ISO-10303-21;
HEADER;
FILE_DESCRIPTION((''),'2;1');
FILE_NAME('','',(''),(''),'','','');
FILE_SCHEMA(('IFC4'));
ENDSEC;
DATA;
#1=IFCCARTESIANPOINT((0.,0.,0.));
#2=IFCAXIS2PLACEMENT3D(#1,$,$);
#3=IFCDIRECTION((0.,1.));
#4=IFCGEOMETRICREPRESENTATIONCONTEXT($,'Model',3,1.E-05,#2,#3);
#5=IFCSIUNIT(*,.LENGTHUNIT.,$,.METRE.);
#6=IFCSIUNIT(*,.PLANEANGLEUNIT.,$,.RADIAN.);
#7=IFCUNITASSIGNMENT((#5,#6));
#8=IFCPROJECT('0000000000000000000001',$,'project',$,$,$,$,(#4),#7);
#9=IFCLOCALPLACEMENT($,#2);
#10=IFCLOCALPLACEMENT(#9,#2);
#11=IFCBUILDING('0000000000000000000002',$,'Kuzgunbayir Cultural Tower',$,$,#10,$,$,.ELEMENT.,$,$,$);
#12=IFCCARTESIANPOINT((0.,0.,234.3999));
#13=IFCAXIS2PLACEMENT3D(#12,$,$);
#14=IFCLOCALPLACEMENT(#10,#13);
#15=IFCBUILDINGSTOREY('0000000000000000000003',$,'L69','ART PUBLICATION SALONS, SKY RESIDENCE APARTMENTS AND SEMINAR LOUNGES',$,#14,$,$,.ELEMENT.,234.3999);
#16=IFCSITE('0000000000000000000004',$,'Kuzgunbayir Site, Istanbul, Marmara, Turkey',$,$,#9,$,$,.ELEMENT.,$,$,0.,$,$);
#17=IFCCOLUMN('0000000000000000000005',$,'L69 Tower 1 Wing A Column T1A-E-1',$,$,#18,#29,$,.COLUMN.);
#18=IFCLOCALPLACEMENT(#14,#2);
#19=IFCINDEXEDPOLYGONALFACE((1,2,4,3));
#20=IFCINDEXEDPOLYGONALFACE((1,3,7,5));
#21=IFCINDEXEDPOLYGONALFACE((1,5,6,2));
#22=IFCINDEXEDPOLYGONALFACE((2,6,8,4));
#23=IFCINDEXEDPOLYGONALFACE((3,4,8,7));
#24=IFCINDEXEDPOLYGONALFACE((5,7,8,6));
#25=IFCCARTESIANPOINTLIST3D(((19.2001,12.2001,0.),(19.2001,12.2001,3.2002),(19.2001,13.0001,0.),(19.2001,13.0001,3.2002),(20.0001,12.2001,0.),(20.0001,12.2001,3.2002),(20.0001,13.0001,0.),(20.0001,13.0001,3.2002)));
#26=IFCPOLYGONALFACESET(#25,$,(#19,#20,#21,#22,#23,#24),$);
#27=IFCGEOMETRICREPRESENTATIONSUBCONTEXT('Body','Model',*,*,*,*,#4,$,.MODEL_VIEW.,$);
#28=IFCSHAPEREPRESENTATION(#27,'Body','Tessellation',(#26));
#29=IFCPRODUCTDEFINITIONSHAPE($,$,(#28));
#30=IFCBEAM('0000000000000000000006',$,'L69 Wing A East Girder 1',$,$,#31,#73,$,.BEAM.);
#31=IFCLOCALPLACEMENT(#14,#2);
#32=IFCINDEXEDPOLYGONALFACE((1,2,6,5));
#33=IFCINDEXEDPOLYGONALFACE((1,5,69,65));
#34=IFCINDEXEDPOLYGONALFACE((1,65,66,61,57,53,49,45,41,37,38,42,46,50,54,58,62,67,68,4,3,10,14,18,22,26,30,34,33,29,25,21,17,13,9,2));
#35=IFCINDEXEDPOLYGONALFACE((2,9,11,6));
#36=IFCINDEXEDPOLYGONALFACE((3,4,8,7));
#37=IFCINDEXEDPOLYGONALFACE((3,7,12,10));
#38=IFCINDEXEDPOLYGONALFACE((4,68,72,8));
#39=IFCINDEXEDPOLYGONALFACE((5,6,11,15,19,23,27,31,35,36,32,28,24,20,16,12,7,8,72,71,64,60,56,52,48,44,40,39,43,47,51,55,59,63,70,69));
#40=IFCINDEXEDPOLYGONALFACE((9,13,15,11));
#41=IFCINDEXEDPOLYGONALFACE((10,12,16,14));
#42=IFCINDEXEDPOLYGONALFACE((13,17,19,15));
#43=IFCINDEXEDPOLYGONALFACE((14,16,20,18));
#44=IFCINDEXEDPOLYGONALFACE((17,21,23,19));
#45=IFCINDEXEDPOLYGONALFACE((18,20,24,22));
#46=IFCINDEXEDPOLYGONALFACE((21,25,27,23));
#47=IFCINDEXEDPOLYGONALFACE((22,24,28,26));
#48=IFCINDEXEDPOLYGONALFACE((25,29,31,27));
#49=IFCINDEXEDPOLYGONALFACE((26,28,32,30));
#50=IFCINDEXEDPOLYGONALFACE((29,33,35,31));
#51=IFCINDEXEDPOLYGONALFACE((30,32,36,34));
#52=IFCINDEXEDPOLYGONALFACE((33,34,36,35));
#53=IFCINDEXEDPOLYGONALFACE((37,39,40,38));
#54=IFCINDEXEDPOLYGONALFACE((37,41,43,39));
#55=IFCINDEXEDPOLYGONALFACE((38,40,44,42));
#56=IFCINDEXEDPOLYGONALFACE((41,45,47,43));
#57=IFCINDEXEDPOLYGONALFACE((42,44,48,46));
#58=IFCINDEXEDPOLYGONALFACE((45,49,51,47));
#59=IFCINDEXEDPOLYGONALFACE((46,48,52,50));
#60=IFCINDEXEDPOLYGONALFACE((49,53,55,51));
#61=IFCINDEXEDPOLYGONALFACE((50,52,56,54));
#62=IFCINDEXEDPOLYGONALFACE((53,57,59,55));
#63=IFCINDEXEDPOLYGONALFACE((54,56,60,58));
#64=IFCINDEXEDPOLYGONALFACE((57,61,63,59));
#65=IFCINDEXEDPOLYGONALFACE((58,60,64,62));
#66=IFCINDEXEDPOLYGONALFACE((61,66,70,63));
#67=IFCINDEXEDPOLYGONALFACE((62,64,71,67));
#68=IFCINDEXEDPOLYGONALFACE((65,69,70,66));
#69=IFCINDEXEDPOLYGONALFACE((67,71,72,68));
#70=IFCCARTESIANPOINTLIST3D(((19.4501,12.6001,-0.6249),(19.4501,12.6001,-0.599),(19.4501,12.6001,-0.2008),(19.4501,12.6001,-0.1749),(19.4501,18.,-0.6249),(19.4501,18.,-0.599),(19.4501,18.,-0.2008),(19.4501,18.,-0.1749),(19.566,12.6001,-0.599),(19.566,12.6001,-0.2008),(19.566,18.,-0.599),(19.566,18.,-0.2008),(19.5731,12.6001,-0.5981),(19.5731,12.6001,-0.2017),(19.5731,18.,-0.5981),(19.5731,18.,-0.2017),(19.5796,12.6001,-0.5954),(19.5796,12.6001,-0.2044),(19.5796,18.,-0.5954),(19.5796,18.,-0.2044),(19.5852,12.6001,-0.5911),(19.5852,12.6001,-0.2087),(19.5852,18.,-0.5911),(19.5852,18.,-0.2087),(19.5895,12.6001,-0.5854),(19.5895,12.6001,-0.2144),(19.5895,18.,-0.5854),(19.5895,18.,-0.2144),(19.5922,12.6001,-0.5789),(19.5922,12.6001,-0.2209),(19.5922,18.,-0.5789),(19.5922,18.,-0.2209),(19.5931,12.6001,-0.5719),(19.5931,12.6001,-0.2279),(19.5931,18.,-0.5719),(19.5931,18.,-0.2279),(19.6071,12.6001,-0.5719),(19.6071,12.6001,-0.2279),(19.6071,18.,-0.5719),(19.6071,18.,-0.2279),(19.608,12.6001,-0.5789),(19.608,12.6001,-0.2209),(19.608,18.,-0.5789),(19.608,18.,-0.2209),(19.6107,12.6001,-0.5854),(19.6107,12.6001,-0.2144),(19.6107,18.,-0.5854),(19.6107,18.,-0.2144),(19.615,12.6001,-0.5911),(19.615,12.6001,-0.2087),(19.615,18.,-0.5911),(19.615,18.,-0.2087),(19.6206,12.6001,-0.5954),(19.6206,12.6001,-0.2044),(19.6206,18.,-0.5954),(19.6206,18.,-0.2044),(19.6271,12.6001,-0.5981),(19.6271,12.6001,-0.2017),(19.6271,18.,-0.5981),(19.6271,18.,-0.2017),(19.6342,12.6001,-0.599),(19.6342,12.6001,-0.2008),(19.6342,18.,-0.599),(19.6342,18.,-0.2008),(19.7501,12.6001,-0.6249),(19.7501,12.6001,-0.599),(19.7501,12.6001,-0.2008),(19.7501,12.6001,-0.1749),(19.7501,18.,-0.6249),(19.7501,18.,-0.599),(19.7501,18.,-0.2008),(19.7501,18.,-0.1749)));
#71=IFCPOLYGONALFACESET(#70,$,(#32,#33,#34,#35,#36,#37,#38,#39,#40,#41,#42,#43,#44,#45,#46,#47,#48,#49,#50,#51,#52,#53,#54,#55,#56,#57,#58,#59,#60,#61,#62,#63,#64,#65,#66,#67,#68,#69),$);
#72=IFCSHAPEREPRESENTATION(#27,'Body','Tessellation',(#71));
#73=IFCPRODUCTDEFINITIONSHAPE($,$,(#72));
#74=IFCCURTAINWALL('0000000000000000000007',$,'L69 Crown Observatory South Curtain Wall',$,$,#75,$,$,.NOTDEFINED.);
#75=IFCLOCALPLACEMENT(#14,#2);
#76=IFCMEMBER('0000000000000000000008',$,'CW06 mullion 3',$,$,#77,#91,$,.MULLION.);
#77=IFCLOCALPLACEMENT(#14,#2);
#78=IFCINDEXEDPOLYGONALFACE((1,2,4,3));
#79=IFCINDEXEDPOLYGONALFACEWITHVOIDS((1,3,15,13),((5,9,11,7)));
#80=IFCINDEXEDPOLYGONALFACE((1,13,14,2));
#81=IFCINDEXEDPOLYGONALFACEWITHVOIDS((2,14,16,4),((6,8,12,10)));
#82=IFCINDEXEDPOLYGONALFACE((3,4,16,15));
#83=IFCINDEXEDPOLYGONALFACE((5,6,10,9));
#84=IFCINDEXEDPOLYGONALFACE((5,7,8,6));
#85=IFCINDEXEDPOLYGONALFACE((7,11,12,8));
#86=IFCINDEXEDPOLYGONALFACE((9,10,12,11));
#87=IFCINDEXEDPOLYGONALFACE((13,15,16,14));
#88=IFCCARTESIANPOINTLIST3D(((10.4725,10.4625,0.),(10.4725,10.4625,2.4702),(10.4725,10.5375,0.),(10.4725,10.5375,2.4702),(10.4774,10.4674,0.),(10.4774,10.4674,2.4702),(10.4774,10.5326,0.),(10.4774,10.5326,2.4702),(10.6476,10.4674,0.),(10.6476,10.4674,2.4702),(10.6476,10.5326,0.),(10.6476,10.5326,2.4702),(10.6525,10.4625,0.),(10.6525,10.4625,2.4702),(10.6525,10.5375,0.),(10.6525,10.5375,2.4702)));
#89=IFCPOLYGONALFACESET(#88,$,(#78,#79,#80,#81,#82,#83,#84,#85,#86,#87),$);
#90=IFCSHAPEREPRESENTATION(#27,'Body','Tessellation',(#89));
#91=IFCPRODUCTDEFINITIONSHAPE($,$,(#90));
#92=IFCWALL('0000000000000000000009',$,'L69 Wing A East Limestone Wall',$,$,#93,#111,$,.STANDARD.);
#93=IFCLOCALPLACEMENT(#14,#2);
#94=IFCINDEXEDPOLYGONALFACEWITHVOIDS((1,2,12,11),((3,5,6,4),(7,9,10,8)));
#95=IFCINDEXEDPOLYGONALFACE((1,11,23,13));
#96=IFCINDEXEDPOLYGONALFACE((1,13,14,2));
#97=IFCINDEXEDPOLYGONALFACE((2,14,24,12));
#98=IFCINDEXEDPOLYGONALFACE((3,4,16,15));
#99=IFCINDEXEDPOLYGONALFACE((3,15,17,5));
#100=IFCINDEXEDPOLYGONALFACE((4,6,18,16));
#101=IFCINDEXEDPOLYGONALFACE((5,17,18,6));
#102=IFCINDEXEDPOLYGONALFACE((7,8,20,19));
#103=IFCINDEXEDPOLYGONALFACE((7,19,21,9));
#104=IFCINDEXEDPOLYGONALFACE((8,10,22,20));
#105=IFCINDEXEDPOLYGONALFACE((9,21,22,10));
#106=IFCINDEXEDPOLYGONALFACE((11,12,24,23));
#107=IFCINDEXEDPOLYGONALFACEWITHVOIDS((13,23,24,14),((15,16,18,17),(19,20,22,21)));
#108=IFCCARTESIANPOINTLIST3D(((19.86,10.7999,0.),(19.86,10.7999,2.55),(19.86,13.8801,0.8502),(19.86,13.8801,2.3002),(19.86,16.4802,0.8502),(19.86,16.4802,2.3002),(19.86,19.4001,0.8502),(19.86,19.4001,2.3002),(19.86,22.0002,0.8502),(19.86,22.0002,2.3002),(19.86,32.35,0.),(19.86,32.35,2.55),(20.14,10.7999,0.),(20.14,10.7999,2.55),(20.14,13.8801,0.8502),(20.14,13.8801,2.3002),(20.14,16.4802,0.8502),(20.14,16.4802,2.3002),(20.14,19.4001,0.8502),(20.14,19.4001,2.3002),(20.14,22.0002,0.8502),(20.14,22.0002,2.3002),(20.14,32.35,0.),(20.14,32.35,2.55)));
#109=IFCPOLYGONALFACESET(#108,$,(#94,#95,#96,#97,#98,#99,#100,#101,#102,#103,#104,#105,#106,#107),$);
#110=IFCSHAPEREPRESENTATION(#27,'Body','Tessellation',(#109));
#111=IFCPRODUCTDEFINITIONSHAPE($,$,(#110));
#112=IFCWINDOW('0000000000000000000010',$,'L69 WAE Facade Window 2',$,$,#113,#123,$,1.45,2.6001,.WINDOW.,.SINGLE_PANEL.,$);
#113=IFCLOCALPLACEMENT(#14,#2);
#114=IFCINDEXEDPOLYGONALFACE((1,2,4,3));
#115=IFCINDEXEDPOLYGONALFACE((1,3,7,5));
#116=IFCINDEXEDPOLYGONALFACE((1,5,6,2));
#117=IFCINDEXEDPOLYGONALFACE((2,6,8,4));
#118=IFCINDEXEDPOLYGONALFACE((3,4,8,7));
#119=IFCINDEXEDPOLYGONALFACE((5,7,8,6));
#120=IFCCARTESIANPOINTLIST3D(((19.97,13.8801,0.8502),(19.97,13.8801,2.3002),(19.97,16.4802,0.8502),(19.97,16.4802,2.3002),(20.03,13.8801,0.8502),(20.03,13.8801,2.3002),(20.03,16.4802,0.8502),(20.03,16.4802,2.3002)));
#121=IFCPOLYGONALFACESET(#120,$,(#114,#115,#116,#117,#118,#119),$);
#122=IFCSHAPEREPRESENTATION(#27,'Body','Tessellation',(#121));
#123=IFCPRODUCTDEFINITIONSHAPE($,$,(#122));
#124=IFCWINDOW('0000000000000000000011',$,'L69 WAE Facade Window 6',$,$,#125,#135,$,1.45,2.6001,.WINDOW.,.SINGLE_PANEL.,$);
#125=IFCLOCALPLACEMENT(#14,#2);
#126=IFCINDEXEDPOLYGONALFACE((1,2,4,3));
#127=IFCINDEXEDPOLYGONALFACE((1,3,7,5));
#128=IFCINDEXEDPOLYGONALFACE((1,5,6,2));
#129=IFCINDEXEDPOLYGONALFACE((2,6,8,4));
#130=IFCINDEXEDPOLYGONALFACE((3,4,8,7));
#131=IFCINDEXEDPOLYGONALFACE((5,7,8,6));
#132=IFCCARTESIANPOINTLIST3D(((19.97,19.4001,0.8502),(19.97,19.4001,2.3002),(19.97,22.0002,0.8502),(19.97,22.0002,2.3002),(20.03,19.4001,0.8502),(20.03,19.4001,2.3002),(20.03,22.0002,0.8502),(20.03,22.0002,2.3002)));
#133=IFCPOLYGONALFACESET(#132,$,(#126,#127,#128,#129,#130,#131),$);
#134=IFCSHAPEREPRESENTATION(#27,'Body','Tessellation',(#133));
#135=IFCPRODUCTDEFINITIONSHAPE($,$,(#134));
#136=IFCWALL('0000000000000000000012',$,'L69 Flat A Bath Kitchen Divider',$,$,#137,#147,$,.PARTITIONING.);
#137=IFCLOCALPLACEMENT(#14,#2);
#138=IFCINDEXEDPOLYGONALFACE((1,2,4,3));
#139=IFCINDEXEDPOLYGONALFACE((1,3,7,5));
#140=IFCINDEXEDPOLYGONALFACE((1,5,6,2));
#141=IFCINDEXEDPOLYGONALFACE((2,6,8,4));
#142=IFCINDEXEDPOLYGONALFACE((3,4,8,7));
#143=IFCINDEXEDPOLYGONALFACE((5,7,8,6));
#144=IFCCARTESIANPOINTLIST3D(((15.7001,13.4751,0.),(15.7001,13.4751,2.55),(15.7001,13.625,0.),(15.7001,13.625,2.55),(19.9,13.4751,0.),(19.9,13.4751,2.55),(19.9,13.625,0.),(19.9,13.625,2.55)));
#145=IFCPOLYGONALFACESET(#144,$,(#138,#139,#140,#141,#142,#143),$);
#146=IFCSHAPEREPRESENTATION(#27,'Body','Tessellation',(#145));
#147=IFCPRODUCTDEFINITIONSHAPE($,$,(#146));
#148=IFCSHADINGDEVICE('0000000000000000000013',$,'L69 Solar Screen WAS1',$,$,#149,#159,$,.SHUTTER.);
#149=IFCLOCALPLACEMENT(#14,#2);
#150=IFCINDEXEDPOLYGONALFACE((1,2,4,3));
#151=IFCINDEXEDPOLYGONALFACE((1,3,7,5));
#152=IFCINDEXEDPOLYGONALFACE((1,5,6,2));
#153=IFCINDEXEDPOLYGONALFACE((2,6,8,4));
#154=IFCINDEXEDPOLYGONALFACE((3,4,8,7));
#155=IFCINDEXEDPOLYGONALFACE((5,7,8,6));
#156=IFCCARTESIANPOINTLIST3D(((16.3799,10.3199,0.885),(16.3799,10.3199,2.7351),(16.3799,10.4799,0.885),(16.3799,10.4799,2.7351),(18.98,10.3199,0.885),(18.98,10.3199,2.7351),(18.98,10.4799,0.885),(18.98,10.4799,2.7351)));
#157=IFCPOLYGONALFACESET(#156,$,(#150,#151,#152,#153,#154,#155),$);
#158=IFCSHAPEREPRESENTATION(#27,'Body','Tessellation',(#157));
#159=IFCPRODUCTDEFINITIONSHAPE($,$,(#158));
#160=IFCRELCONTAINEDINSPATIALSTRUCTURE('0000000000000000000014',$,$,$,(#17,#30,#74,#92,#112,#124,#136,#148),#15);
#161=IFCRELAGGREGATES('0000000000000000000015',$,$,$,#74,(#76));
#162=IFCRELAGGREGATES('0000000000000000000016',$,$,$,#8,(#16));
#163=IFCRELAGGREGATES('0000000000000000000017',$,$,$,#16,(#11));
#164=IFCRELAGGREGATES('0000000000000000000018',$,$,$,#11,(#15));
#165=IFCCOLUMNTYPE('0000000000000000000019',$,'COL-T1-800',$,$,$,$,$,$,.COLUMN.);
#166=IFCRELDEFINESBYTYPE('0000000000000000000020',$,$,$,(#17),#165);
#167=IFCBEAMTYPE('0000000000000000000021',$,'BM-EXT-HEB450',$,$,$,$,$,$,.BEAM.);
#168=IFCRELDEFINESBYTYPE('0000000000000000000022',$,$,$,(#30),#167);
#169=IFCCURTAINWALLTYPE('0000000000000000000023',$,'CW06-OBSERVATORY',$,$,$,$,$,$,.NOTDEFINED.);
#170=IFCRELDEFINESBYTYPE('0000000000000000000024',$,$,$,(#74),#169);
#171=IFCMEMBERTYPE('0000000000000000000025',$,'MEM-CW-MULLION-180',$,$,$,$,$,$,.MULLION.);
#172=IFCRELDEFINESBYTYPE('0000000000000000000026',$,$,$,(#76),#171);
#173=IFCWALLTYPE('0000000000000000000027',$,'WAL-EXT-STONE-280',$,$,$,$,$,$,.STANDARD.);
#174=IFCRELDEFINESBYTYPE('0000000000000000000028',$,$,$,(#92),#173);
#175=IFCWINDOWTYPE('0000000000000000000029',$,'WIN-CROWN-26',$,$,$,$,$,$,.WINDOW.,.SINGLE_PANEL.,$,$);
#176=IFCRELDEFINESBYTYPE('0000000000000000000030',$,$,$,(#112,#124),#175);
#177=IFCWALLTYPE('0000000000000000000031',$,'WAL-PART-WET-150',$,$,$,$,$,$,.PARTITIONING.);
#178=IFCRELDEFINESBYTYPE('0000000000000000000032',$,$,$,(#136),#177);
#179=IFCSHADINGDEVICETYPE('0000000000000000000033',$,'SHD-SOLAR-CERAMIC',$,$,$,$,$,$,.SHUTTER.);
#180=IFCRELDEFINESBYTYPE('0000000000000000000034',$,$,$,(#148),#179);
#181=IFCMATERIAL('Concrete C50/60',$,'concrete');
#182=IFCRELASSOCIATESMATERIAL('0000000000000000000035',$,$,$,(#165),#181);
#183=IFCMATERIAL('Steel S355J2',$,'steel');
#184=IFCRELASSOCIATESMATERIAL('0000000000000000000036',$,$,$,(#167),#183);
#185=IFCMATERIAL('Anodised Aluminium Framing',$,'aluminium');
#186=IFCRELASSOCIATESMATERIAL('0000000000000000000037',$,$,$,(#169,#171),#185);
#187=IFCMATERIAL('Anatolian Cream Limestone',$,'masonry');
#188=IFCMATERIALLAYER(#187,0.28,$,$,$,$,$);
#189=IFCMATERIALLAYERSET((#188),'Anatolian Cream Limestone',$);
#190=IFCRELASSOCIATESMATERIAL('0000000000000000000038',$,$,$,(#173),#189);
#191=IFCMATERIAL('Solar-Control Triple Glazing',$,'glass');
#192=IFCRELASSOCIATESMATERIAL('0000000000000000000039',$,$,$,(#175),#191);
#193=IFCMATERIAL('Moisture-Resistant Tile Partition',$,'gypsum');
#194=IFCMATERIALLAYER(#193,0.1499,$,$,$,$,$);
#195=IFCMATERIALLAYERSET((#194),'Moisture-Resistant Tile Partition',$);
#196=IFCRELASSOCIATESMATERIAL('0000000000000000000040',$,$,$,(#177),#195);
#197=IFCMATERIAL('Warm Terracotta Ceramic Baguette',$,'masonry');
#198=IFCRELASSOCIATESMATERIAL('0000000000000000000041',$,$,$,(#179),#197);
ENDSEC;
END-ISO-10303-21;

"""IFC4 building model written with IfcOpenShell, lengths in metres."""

from ifc_helpers import new_model, si_unit, direction, frame, frame_2d, origin, origin_2d, place, context, subcontext, project, spatial, rectangle, hollow_rectangle, i_section, extrude, material, layer, layer_set, material_profile, profile_set, type_object, element, fill, aggregate, save


model = new_model("IFC4")

# Units and contexts
model_context = context("Model", 3, precision=1e-05, world=origin(), true_north=direction((0.0, 1.0)))
body_context = subcontext(model_context, "Body", "Model", "MODEL_VIEW")
ifc_project = project(units=[si_unit("LENGTHUNIT", "METRE"), si_unit("PLANEANGLEUNIT", "RADIAN")], contexts=[model_context])

# Site, building, storey
site_placement = place(None, origin())
site = spatial("IfcSite", under=ifc_project, at=site_placement, Name="Kuzgunbayir Site, Istanbul, Marmara, Turkey", CompositionType="ELEMENT", RefElevation=0.0)
building_placement = place(site_placement, origin())
building = spatial("IfcBuilding", under=site, at=building_placement, Name="Kuzgunbayir Cultural Tower", CompositionType="ELEMENT")
storey_placement = place(building_placement, frame((0.0, 0.0, 234.3999)))
storey = spatial("IfcBuildingStorey", under=building, at=storey_placement, Name="L69", Description="ART PUBLICATION SALONS, SKY RESIDENCE APARTMENTS AND SEMINAR LOUNGES", CompositionType="ELEMENT", Elevation=234.3999)

# Column
ifc_material_1 = material(Name="Concrete C50/60", Category="concrete")
ifc_material_profile_1 = material_profile(ifc_material_1, rectangle(XDim=0.8, YDim=0.8, at=origin_2d()), Name="RC 800x800")
ifc_profile_set_1 = profile_set([ifc_material_profile_1], Name="Concrete C50/60")
column_type = type_object("IfcColumnType", Name="COL-T1-800", PredefinedType="COLUMN", material=ifc_profile_set_1)
column_placement = place(storey_placement, frame((19.6001, 12.6001, 0.0), z_axis=(0.0, 0.0, 1.0), x_axis=(1.0, 0.0, 0.0)))
element("IfcColumn", 1, at=column_placement, inside=storey, type_object=column_type, Name="L69 Tower 1 Wing A Column T1A-E-1", PredefinedType="COLUMN", context=body_context, shape_type="SweptSolid", body=[
    extrude(rectangle(XDim=0.8, YDim=0.8, at=origin_2d()), origin(), (0.0, 0.0, 1.0), 3.2002),
])

# Beam
ifc_material_2 = material(Name="Steel S355J2", Category="steel")
ifc_material_profile_2 = material_profile(ifc_material_2, i_section(OverallWidth=0.3, OverallDepth=0.45, WebThickness=0.0139, FlangeThickness=0.0259, FilletRadius=0.0271, at=origin_2d()), Name="HEB 450")
ifc_profile_set_2 = profile_set([ifc_material_profile_2], Name="Steel S355J2")
beam_type = type_object("IfcBeamType", Name="BM-EXT-HEB450", PredefinedType="BEAM", material=ifc_profile_set_2)
beam_placement = place(storey_placement, frame((19.6001, 12.6001, -0.3999), z_axis=(0.0, 1.0, 0.0), x_axis=(-1.0, 0.0, 0.0)))
element("IfcBeam", 2, at=beam_placement, inside=storey, type_object=beam_type, Name="L69 Wing A East Girder 1", PredefinedType="BEAM", context=body_context, shape_type="SweptSolid", body=[
    extrude(i_section(OverallWidth=0.3, OverallDepth=0.45, WebThickness=0.0139, FlangeThickness=0.0259, FilletRadius=0.0271, at=origin_2d()), origin(), (0.0, 0.0, 1.0), 5.3999),
])

# Curtain wall, member
ifc_material_3 = material(Name="Anodised Aluminium Framing", Category="aluminium")
curtain_wall_type = type_object("IfcCurtainWallType", Name="CW06-OBSERVATORY", PredefinedType="NOTDEFINED", material=ifc_material_3)
curtain_wall_placement = place(storey_placement, origin())
curtain_wall = element("IfcCurtainWall", 3, at=curtain_wall_placement, inside=storey, type_object=curtain_wall_type, Name="L69 Crown Observatory South Curtain Wall", PredefinedType="NOTDEFINED")
ifc_material_profile_3 = material_profile(ifc_material_3, hollow_rectangle(XDim=0.075, YDim=0.1799, WallThickness=0.0049, at=origin_2d()), Name="RHS 180x75x5")
ifc_profile_set_3 = profile_set([ifc_material_profile_3], Name="Anodised Aluminium Framing")
member_type = type_object("IfcMemberType", Name="MEM-CW-MULLION-180", PredefinedType="MULLION", material=ifc_profile_set_3)
member_placement = place(storey_placement, frame((10.5625, 10.5, 0.0), z_axis=(0.0, 0.0, 1.0), x_axis=(0.0, 1.0, 0.0)))
member = element("IfcMember", 4, at=member_placement, type_object=member_type, Name="CW06 mullion 3", PredefinedType="MULLION", context=body_context, shape_type="SweptSolid", body=[
    extrude(hollow_rectangle(XDim=0.075, YDim=0.1799, WallThickness=0.0049, at=origin_2d()), origin(), (0.0, 0.0, 1.0), 2.4702),
])
aggregate(curtain_wall, [member])

# Wall, openings, windows
ifc_material_4 = material(Name="Anatolian Cream Limestone", Category="masonry")
ifc_layer_1 = layer(ifc_material_4, 0.28)
ifc_layer_set_1 = layer_set([ifc_layer_1], Name="Anatolian Cream Limestone")
wall_type_1 = type_object("IfcWallType", Name="WAL-EXT-STONE-280", PredefinedType="STANDARD", material=ifc_layer_set_1)
wall_1_placement = place(storey_placement, frame((20.0, 10.8, 0.0), z_axis=(0.0, 0.0, 1.0), x_axis=(0.0, 1.0, 0.0)))
wall_1 = element("IfcWall", 5, at=wall_1_placement, inside=storey, type_object=wall_type_1, Name="L69 Wing A East Limestone Wall", PredefinedType="STANDARD", context=body_context, shape_type="SweptSolid", body=[
    extrude(rectangle(XDim=21.55, YDim=0.28, at=frame_2d((10.7749, 0.0))), origin(), (0.0, 0.0, 1.0), 2.55),
])
opening_1_placement = place(wall_1_placement, frame((3.0801, 0.0, 0.8501)))
opening_1 = element("IfcOpeningElement", 6, at=opening_1_placement, cuts=wall_1, PredefinedType="OPENING", context=body_context, shape_type="SweptSolid", body=[
    extrude(rectangle(XDim=2.6001, YDim=1.45, at=frame_2d((1.3, 0.7251))), frame((0.0, 0.1499, 0.0), z_axis=(0.0, -1.0, 0.0), x_axis=(1.0, 0.0, 0.0)), (0.0, 0.0, 1.0), 0.3),
])
opening_2_placement = place(wall_1_placement, frame((8.6001, 0.0, 0.8501)))
opening_2 = element("IfcOpeningElement", 7, at=opening_2_placement, cuts=wall_1, PredefinedType="OPENING", context=body_context, shape_type="SweptSolid", body=[
    extrude(rectangle(XDim=2.6001, YDim=1.45, at=frame_2d((1.3, 0.7251))), frame((0.0, 0.1499, 0.0), z_axis=(0.0, -1.0, 0.0), x_axis=(1.0, 0.0, 0.0)), (0.0, 0.0, 1.0), 0.3),
])
ifc_material_5 = material(Name="Solar-Control Triple Glazing", Category="glass")
window_type = type_object("IfcWindowType", Name="WIN-CROWN-26", PartitioningType="SINGLE_PANEL", PredefinedType="WINDOW", material=ifc_material_5)
window_1_placement = place(opening_1_placement, origin())
window_1 = element("IfcWindow", 8, at=window_1_placement, inside=storey, type_object=window_type, Name="L69 WAE Facade Window 2", OverallHeight=1.45, OverallWidth=2.6001, PartitioningType="SINGLE_PANEL", PredefinedType="WINDOW", context=body_context, shape_type="SweptSolid", body=[
    extrude(rectangle(XDim=2.6001, YDim=1.45, at=frame_2d((1.3, 0.7251))), frame((0.0, 0.03, 0.0), z_axis=(0.0, -1.0, 0.0), x_axis=(1.0, 0.0, 0.0)), (0.0, 0.0, 1.0), 0.0601),
])
fill(opening_1, window_1)
window_2_placement = place(opening_2_placement, origin())
window_2 = element("IfcWindow", 9, at=window_2_placement, inside=storey, type_object=window_type, Name="L69 WAE Facade Window 6", OverallHeight=1.45, OverallWidth=2.6001, PartitioningType="SINGLE_PANEL", PredefinedType="WINDOW", context=body_context, shape_type="SweptSolid", body=[
    extrude(rectangle(XDim=2.6001, YDim=1.45, at=frame_2d((1.3, 0.7251))), frame((0.0, 0.03, 0.0), z_axis=(0.0, -1.0, 0.0), x_axis=(1.0, 0.0, 0.0)), (0.0, 0.0, 1.0), 0.0601),
])
fill(opening_2, window_2)

# Shared definitions
ifc_material_6 = material(Name="Moisture-Resistant Tile Partition", Category="gypsum")
ifc_layer_2 = layer(ifc_material_6, 0.1499)
ifc_layer_set_2 = layer_set([ifc_layer_2], Name="Moisture-Resistant Tile Partition")
wall_type_2 = type_object("IfcWallType", Name="WAL-PART-WET-150", PredefinedType="PARTITIONING", material=ifc_layer_set_2)

# Wall
wall_2_placement = place(storey_placement, frame((15.7, 13.55, 0.0), z_axis=(0.0, 0.0, 1.0), x_axis=(1.0, 0.0, 0.0)))
element("IfcWall", 10, at=wall_2_placement, inside=storey, type_object=wall_type_2, Name="L69 Flat A Bath Kitchen Divider", PredefinedType="PARTITIONING", context=body_context, shape_type="SweptSolid", body=[
    extrude(rectangle(XDim=4.2, YDim=0.1499, at=frame_2d((2.1001, 0.0))), origin(), (0.0, 0.0, 1.0), 2.55),
])

# Shading device
ifc_material_7 = material(Name="Warm Terracotta Ceramic Baguette", Category="masonry")
shading_device_type = type_object("IfcShadingDeviceType", Name="SHD-SOLAR-CERAMIC", PredefinedType="SHUTTER", material=ifc_material_7)
shading_device_placement = place(storey_placement, frame((17.6799, 10.3999, 0.885), z_axis=(0.0, 0.0, 1.0), x_axis=(1.0, 0.0, 0.0)))
element("IfcShadingDevice", 11, at=shading_device_placement, inside=storey, type_object=shading_device_type, Name="L69 Solar Screen WAS1", PredefinedType="SHUTTER", context=body_context, shape_type="SweptSolid", body=[
    extrude(rectangle(XDim=2.6001, YDim=0.1599, at=origin_2d()), origin(), (0.0, 0.0, 1.0), 1.8501),
])

save(model, "model.ifc")
